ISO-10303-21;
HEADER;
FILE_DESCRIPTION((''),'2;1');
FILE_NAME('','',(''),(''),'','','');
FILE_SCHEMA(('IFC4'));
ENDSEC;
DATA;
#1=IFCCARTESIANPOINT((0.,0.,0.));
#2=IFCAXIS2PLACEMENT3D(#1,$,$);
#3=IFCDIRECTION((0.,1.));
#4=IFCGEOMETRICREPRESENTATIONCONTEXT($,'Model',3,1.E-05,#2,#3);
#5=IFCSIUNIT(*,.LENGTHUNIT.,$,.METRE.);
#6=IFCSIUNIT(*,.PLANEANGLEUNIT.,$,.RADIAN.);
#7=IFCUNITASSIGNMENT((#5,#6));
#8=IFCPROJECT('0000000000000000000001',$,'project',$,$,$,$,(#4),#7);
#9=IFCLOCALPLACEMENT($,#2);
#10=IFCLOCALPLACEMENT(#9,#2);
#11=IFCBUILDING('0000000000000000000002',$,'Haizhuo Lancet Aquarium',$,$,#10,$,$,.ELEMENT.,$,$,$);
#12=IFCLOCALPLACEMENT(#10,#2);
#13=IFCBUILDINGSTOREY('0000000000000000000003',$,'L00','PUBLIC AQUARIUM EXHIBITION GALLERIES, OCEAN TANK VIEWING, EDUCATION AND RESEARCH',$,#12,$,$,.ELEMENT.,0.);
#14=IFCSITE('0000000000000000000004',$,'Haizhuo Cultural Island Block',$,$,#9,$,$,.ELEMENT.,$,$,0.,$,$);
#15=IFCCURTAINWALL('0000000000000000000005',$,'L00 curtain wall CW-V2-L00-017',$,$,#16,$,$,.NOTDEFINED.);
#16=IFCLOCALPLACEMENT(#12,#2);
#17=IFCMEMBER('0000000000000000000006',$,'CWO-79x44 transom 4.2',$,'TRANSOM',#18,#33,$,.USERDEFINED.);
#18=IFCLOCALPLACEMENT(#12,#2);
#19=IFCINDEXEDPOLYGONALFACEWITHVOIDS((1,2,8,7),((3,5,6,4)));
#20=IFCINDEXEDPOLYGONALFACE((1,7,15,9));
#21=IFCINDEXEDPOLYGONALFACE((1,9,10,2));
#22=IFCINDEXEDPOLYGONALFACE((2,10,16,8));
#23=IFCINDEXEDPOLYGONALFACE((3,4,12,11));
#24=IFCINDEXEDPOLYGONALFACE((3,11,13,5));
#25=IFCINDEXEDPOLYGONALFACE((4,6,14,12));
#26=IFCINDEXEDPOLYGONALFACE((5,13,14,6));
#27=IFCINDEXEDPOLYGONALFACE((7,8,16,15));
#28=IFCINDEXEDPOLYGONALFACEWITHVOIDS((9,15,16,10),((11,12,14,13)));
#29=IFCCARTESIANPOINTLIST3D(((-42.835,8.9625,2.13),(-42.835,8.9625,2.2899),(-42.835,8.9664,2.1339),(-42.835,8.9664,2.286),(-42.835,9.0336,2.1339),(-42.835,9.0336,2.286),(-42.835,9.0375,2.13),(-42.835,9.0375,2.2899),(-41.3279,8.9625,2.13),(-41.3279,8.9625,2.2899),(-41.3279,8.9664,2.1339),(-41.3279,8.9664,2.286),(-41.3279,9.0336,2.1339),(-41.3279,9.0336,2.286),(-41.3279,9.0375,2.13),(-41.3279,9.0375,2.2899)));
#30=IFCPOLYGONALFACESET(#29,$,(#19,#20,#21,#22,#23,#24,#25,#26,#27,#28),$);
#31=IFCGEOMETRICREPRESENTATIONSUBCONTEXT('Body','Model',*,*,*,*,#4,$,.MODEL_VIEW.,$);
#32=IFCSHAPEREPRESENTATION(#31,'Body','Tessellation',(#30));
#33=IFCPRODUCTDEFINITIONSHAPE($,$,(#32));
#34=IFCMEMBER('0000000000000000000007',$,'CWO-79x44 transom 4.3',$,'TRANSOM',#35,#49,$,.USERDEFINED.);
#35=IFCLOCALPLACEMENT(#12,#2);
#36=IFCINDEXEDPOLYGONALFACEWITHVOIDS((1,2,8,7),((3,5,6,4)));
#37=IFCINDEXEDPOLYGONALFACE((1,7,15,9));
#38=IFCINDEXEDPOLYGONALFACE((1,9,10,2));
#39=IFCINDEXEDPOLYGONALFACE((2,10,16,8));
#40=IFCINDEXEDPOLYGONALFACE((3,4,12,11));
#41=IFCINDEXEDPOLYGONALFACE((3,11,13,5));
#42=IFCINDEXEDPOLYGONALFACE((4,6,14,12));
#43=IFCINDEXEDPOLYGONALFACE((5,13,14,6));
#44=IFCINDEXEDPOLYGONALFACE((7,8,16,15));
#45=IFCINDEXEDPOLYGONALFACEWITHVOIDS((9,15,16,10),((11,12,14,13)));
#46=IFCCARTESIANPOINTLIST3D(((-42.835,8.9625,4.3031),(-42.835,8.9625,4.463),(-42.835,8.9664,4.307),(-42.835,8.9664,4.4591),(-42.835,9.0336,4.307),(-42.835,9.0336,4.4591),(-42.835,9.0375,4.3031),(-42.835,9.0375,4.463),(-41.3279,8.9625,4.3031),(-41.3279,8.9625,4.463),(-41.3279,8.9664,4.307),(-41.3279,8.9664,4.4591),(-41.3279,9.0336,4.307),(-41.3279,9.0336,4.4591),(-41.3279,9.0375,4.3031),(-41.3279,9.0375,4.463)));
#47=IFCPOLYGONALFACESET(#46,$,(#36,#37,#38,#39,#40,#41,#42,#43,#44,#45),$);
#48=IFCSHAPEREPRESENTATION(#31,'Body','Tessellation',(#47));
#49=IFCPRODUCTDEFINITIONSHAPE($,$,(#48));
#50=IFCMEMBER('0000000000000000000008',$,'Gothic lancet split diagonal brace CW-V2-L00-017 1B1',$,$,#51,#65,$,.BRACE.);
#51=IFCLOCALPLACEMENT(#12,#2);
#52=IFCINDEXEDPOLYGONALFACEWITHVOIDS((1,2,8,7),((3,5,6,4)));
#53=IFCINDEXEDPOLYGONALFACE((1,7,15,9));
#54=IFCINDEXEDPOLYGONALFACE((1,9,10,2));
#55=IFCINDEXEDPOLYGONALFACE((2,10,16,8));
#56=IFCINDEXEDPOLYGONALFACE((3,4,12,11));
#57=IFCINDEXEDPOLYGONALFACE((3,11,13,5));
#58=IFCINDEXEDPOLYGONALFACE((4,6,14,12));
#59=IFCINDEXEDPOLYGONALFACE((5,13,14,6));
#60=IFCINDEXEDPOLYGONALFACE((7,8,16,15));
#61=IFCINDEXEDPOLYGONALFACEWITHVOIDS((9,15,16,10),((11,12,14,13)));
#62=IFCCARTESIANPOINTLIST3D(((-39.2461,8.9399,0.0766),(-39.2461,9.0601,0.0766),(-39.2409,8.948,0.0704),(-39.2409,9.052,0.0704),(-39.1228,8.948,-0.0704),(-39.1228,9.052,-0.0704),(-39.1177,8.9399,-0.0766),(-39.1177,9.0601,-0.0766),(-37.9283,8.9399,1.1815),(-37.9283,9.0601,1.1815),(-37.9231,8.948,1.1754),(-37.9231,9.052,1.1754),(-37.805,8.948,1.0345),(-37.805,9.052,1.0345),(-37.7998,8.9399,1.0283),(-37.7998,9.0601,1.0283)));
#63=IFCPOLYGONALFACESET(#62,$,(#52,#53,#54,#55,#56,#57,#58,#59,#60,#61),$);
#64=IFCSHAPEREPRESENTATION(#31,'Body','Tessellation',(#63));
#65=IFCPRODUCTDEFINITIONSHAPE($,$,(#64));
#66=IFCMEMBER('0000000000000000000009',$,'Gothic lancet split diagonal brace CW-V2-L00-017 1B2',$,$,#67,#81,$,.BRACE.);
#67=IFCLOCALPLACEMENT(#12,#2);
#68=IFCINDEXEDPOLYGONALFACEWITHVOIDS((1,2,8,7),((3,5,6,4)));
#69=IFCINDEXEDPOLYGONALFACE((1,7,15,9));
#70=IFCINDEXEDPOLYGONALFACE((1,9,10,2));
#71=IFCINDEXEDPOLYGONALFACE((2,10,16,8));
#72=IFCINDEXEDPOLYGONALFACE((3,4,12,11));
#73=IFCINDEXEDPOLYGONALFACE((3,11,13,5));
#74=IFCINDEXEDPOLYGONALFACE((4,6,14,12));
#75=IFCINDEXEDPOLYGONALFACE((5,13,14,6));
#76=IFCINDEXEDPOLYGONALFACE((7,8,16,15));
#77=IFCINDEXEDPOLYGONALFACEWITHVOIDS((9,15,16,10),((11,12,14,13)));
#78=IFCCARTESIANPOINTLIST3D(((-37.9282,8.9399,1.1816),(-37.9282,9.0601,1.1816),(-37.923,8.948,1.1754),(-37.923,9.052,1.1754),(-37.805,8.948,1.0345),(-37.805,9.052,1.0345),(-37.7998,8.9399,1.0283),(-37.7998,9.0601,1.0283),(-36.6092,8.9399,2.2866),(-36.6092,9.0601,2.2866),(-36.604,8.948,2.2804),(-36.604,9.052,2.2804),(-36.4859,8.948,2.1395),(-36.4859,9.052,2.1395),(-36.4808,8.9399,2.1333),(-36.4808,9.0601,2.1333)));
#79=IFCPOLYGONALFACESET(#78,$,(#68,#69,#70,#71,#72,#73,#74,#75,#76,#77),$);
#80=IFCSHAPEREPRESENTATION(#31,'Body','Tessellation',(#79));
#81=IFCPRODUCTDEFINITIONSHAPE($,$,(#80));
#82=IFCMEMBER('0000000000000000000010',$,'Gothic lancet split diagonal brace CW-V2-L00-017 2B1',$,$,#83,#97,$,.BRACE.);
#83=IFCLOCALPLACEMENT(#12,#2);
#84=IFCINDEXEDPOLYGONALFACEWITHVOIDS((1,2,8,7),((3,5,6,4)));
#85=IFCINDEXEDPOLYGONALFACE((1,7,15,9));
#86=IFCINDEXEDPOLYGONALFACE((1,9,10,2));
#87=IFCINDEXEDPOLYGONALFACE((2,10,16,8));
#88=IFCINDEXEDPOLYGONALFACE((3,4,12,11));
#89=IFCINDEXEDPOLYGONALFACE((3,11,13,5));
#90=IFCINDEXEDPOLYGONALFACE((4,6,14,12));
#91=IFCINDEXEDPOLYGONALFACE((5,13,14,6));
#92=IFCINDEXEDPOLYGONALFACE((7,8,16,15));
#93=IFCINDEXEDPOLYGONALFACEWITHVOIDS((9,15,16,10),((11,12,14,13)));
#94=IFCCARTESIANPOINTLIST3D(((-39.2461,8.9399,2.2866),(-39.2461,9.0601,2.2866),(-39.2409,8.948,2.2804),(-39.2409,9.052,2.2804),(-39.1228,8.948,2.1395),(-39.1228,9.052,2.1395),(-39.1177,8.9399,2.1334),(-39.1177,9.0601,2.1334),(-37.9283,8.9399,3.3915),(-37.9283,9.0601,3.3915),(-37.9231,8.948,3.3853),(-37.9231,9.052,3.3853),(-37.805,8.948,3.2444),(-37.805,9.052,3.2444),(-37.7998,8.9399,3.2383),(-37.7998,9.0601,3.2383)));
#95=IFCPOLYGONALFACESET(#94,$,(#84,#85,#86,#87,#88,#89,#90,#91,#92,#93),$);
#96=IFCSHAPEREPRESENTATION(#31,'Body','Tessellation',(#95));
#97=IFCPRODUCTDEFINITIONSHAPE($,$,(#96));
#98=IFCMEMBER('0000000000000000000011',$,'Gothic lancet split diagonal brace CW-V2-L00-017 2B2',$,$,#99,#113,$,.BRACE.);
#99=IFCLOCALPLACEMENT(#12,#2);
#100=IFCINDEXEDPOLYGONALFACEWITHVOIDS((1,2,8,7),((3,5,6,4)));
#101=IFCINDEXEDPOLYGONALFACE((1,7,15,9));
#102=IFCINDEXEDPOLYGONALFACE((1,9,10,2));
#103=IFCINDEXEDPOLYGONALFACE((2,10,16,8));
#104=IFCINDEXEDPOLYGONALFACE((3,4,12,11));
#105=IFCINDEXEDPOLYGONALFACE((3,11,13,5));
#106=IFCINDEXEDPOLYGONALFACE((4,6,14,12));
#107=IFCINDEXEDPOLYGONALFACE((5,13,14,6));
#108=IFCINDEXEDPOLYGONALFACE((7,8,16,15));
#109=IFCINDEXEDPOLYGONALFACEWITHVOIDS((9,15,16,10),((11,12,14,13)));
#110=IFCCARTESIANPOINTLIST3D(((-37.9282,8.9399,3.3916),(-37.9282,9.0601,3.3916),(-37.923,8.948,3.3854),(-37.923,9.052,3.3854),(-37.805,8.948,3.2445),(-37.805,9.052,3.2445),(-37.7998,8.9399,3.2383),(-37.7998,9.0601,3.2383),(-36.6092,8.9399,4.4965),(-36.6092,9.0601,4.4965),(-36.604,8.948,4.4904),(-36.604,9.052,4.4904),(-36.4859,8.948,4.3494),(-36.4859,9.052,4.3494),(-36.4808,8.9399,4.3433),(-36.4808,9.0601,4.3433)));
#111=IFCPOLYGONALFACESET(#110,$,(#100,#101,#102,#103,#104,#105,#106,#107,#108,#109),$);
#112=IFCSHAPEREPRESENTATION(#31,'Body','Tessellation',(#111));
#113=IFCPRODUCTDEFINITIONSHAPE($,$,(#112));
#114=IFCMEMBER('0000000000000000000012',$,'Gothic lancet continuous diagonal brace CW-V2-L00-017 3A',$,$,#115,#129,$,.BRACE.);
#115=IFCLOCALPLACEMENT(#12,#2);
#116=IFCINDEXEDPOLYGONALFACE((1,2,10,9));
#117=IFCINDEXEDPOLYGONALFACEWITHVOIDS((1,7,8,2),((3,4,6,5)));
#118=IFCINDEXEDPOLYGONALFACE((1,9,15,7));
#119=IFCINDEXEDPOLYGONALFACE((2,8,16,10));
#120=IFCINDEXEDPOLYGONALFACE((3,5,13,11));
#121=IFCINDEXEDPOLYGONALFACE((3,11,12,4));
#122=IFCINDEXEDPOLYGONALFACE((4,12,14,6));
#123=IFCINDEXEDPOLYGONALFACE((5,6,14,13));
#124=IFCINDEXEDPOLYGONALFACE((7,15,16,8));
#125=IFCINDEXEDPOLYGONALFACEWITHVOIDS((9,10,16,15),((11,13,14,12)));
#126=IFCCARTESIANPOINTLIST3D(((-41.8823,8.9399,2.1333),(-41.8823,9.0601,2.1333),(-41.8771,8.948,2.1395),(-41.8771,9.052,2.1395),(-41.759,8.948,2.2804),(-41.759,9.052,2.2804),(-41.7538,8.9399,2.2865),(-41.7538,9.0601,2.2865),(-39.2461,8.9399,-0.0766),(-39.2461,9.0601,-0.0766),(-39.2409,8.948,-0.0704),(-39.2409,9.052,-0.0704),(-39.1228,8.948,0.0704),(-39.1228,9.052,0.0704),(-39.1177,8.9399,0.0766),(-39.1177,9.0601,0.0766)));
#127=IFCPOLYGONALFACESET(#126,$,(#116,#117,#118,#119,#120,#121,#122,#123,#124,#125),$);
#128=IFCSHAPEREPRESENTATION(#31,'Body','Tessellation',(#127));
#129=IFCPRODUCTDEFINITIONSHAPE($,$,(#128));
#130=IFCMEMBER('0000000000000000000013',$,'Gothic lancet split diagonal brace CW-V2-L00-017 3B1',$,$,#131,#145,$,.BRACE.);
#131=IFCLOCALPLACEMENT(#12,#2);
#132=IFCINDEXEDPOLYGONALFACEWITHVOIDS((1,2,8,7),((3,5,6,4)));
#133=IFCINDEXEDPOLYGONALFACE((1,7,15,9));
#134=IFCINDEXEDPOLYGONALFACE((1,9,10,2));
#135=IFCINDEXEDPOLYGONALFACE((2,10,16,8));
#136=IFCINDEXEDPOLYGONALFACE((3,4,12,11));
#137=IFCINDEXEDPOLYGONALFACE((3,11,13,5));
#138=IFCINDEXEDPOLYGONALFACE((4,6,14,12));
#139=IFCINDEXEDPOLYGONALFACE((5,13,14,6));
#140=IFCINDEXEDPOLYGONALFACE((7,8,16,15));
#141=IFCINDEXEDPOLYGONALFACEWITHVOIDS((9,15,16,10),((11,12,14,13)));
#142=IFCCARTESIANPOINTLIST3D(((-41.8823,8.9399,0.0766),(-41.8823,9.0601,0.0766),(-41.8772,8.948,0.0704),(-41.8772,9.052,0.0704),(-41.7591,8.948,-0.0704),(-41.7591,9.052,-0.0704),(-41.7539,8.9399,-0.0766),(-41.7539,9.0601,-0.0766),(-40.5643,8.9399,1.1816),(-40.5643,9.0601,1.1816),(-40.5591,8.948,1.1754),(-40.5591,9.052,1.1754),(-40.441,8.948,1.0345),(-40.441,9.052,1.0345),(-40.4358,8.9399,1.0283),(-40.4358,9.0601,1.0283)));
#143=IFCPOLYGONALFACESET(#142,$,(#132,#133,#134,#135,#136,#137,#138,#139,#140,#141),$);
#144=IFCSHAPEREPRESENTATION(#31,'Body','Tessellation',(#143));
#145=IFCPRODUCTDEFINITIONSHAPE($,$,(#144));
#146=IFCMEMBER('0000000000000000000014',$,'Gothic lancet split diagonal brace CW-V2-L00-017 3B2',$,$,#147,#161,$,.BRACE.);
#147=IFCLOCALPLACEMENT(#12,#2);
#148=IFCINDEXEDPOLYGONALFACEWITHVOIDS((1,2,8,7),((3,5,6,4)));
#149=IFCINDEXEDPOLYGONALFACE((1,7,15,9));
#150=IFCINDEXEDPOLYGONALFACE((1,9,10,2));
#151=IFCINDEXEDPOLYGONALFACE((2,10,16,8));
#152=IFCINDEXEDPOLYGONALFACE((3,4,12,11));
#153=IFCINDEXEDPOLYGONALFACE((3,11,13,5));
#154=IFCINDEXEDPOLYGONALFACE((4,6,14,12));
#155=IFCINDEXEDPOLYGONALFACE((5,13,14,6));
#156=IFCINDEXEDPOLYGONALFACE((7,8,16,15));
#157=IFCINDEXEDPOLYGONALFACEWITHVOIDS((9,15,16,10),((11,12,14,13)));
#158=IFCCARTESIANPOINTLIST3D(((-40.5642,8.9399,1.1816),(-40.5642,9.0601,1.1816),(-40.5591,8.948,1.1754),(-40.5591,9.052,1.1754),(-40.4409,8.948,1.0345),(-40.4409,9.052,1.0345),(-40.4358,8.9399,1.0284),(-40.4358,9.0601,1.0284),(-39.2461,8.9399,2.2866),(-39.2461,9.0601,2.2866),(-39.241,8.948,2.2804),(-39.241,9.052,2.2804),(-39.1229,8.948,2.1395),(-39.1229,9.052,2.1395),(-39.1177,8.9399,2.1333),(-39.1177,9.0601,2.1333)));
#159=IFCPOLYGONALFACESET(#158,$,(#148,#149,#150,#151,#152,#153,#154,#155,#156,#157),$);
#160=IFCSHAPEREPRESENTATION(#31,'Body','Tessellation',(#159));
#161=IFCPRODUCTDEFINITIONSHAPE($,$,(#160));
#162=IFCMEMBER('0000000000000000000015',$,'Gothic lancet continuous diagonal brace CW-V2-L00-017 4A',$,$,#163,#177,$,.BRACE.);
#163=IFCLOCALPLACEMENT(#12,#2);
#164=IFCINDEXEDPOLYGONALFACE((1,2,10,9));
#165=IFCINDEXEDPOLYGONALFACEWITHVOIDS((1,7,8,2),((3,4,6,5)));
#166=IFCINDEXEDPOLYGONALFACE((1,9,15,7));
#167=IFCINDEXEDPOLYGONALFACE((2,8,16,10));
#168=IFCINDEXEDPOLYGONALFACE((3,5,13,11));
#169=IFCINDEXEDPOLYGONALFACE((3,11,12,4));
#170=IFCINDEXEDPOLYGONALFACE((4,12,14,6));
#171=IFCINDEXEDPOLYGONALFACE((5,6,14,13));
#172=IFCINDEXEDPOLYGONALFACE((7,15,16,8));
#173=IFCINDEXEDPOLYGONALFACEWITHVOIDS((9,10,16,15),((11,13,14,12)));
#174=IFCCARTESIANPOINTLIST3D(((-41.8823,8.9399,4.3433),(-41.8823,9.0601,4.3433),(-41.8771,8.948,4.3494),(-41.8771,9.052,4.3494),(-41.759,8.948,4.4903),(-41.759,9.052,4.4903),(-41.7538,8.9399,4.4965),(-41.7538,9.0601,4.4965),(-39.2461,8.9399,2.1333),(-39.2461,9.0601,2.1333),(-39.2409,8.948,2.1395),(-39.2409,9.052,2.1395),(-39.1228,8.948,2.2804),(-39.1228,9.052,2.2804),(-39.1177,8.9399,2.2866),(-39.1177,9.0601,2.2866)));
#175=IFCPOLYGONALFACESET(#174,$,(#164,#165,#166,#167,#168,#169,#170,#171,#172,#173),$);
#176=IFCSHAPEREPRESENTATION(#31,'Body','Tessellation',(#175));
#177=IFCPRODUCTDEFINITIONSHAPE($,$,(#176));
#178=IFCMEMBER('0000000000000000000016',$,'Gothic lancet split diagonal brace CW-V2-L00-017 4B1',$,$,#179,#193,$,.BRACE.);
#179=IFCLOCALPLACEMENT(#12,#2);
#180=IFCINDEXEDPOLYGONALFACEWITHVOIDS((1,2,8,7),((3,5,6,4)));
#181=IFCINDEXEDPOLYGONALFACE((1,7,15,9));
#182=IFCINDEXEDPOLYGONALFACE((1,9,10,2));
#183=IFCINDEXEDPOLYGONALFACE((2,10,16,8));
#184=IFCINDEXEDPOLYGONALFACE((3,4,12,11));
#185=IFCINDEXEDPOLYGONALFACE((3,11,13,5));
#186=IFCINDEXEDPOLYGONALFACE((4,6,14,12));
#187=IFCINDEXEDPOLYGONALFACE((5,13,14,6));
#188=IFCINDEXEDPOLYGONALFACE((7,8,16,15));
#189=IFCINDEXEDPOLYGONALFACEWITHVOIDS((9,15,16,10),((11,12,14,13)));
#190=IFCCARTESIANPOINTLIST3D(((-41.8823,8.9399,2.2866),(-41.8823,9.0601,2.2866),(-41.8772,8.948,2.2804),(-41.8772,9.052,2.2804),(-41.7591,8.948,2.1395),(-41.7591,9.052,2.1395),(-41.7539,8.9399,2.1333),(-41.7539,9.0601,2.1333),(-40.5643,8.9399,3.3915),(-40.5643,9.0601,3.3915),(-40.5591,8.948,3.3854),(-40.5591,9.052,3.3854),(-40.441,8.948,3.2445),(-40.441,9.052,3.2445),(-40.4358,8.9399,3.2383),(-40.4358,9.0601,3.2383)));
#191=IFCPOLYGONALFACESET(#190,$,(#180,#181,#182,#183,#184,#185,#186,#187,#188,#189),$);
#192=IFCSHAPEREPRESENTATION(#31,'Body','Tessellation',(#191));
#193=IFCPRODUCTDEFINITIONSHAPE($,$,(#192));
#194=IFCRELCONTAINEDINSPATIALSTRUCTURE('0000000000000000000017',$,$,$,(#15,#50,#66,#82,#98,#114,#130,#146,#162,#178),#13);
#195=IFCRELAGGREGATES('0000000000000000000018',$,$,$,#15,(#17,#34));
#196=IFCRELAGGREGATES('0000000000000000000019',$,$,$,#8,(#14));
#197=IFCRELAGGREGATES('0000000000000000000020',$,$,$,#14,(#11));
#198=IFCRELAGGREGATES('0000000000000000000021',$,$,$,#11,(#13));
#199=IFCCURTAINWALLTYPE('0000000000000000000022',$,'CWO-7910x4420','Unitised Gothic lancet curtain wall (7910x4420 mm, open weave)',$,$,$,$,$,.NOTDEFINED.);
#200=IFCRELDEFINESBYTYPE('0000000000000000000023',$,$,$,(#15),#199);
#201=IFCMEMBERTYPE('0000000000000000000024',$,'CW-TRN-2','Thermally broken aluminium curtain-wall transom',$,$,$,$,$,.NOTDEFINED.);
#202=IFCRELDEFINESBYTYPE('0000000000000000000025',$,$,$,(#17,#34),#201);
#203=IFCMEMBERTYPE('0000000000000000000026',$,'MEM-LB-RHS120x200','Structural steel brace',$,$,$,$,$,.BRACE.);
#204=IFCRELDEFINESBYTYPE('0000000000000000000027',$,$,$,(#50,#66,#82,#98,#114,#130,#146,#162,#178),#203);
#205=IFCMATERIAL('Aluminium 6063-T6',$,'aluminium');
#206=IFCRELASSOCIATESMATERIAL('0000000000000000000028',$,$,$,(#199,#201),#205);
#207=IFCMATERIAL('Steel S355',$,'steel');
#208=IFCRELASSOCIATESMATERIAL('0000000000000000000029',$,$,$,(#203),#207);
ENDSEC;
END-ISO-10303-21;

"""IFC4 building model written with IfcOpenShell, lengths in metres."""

from ifc_helpers import new_model, si_unit, direction, frame, origin, origin_2d, place, context, subcontext, project, spatial, hollow_rectangle, extrude, material, material_profile, profile_set, type_object, element, aggregate, save


model = new_model("IFC4")

# Units and contexts
model_context = context("Model", 3, precision=1e-05, world=origin(), true_north=direction((0.0, 1.0)))
body_context = subcontext(model_context, "Body", "Model", "MODEL_VIEW")
ifc_project = project(units=[si_unit("LENGTHUNIT", "METRE"), si_unit("PLANEANGLEUNIT", "RADIAN")], contexts=[model_context])

# Site, building, storey
site_placement = place(None, origin())
site = spatial("IfcSite", under=ifc_project, at=site_placement, Name="Haizhuo Cultural Island Block", CompositionType="ELEMENT", RefElevation=0.0)
building_placement = place(site_placement, origin())
building = spatial("IfcBuilding", under=site, at=building_placement, Name="Haizhuo Lancet Aquarium", CompositionType="ELEMENT")
storey_placement = place(building_placement, origin())
storey = spatial("IfcBuildingStorey", under=building, at=storey_placement, Name="L00", Description="PUBLIC AQUARIUM EXHIBITION GALLERIES, OCEAN TANK VIEWING, EDUCATION AND RESEARCH", CompositionType="ELEMENT", Elevation=0.0)

# Curtain wall, members
ifc_material_1 = material(Name="Aluminium 6063-T6", Category="aluminium")
curtain_wall_type = type_object("IfcCurtainWallType", Name="CWO-7910x4420", Description="Unitised Gothic lancet curtain wall (7910x4420 mm, open weave)", PredefinedType="NOTDEFINED", material=ifc_material_1)
curtain_wall_placement = place(storey_placement, origin())
curtain_wall = element("IfcCurtainWall", 1, at=curtain_wall_placement, inside=storey, type_object=curtain_wall_type, Name="L00 curtain wall CW-V2-L00-017", PredefinedType="NOTDEFINED")
ifc_material_profile_1 = material_profile(ifc_material_1, hollow_rectangle(XDim=0.075, YDim=0.1599, WallThickness=0.0039, at=origin_2d()), Name="ALU-T 75x160x4")
ifc_profile_set_1 = profile_set([ifc_material_profile_1], Name="Aluminium 6063-T6")
member_type_1 = type_object("IfcMemberType", Name="CW-TRN-2", Description="Thermally broken aluminium curtain-wall transom", PredefinedType="NOTDEFINED", material=ifc_profile_set_1)
member_1_placement = place(storey_placement, frame((-41.3279, 9.0, 2.21), z_axis=(-1.0, 0.0, 0.0), x_axis=(0.0, -1.0, 0.0)))
member_1 = element("IfcMember", 2, at=member_1_placement, type_object=member_type_1, Name="CWO-79x44 transom 4.2", ObjectType="TRANSOM", PredefinedType="USERDEFINED", context=body_context, shape_type="SweptSolid", body=[
    extrude(hollow_rectangle(XDim=0.075, YDim=0.1599, WallThickness=0.0039, at=origin_2d()), origin(), (0.0, 0.0, 1.0), 1.5071),
])
member_2_placement = place(storey_placement, frame((-41.3279, 9.0, 4.3831), z_axis=(-1.0, 0.0, 0.0), x_axis=(0.0, -1.0, 0.0)))
member_2 = element("IfcMember", 3, at=member_2_placement, type_object=member_type_1, Name="CWO-79x44 transom 4.3", ObjectType="TRANSOM", PredefinedType="USERDEFINED", context=body_context, shape_type="SweptSolid", body=[
    extrude(hollow_rectangle(XDim=0.075, YDim=0.1599, WallThickness=0.0039, at=origin_2d()), origin(), (0.0, 0.0, 1.0), 1.5071),
])

# Members
ifc_material_2 = material(Name="Steel S355", Category="steel")
ifc_material_profile_2 = material_profile(ifc_material_2, hollow_rectangle(XDim=0.1201, YDim=0.2, WallThickness=0.0081, at=origin_2d()), Name="RHS 120x200x8")
ifc_profile_set_2 = profile_set([ifc_material_profile_2], Name="Steel S355")
member_type_2 = type_object("IfcMemberType", Name="MEM-LB-RHS120x200", Description="Structural steel brace", PredefinedType="BRACE", material=ifc_profile_set_2)
member_3_placement = place(storey_placement, frame((-39.1819, 9.0, 0.0), z_axis=(0.766286, 0.0, 0.642499), x_axis=(0.0, 1.0, 0.0)))
element("IfcMember", 4, at=member_3_placement, inside=storey, type_object=member_type_2, Name="Gothic lancet split diagonal brace CW-V2-L00-017 1B1", PredefinedType="BRACE", context=body_context, shape_type="SweptSolid", body=[
    extrude(hollow_rectangle(XDim=0.1201, YDim=0.2, WallThickness=0.0081, at=origin_2d()), origin(), (0.0, 0.0, 1.0), 1.7197),
])
member_4_placement = place(storey_placement, frame((-37.864, 9.0, 1.105), z_axis=(0.766579, 0.0, 0.64215), x_axis=(0.0, 1.0, 0.0)))
element("IfcMember", 5, at=member_4_placement, inside=storey, type_object=member_type_2, Name="Gothic lancet split diagonal brace CW-V2-L00-017 1B2", PredefinedType="BRACE", context=body_context, shape_type="SweptSolid", body=[
    extrude(hollow_rectangle(XDim=0.1201, YDim=0.2, WallThickness=0.0081, at=origin_2d()), origin(), (0.0, 0.0, 1.0), 1.7207),
])
member_5_placement = place(storey_placement, frame((-39.1819, 9.0, 2.21), z_axis=(0.766286, 0.0, 0.642499), x_axis=(0.0, 1.0, 0.0)))
element("IfcMember", 6, at=member_5_placement, inside=storey, type_object=member_type_2, Name="Gothic lancet split diagonal brace CW-V2-L00-017 2B1", PredefinedType="BRACE", context=body_context, shape_type="SweptSolid", body=[
    extrude(hollow_rectangle(XDim=0.1201, YDim=0.2, WallThickness=0.0081, at=origin_2d()), origin(), (0.0, 0.0, 1.0), 1.7197),
])
member_6_placement = place(storey_placement, frame((-37.864, 9.0, 3.3149), z_axis=(0.766579, 0.0, 0.64215), x_axis=(0.0, 1.0, 0.0)))
element("IfcMember", 7, at=member_6_placement, inside=storey, type_object=member_type_2, Name="Gothic lancet split diagonal brace CW-V2-L00-017 2B2", PredefinedType="BRACE", context=body_context, shape_type="SweptSolid", body=[
    extrude(hollow_rectangle(XDim=0.1201, YDim=0.2, WallThickness=0.0081, at=origin_2d()), origin(), (0.0, 0.0, 1.0), 1.7207),
])
member_7_placement = place(storey_placement, frame((-39.1819, 9.0, 0.0), z_axis=(-0.766345, 0.0, 0.642429), x_axis=(0.0, -1.0, 0.0)))
element("IfcMember", 8, at=member_7_placement, inside=storey, type_object=member_type_2, Name="Gothic lancet continuous diagonal brace CW-V2-L00-017 3A", PredefinedType="BRACE", context=body_context, shape_type="SweptSolid", body=[
    extrude(hollow_rectangle(XDim=0.1201, YDim=0.2, WallThickness=0.0081, at=origin_2d()), origin(), (0.0, 0.0, 1.0), 3.4399),
])
for number, where, z_axis, x_axis, name in (
    (9, (-41.8181, 9.0, 0.0), (0.766345, 0.0, 0.642429), (0.0, 1.0, 0.0), "Gothic lancet split diagonal brace CW-V2-L00-017 3B1"),
    (10, (-40.5, 9.0, 1.105), (0.766345, 0.0, 0.642429), (0.0, 1.0, 0.0), "Gothic lancet split diagonal brace CW-V2-L00-017 3B2"),
):
    element("IfcMember", number, at=place(storey_placement, frame(where, z_axis=z_axis, x_axis=x_axis)), inside=storey, type_object=member_type_2, Name=name, PredefinedType="BRACE", context=body_context, shape_type="SweptSolid", body=[
        extrude(hollow_rectangle(XDim=0.1201, YDim=0.2, WallThickness=0.0081, at=origin_2d()), origin(), (0.0, 0.0, 1.0), 1.72),
    ])
member_8_placement = place(storey_placement, frame((-39.1819, 9.0, 2.21), z_axis=(-0.766345, 0.0, 0.642429), x_axis=(0.0, -1.0, 0.0)))
element("IfcMember", 11, at=member_8_placement, inside=storey, type_object=member_type_2, Name="Gothic lancet continuous diagonal brace CW-V2-L00-017 4A", PredefinedType="BRACE", context=body_context, shape_type="SweptSolid", body=[
    extrude(hollow_rectangle(XDim=0.1201, YDim=0.2, WallThickness=0.0081, at=origin_2d()), origin(), (0.0, 0.0, 1.0), 3.4399),
])
for number, where, z_axis, x_axis, name in (
    (12, (-41.8181, 9.0, 2.21), (0.766345, 0.0, 0.642429), (0.0, 1.0, 0.0), "Gothic lancet split diagonal brace CW-V2-L00-017 4B1"),
):
    element("IfcMember", number, at=place(storey_placement, frame(where, z_axis=z_axis, x_axis=x_axis)), inside=storey, type_object=member_type_2, Name=name, PredefinedType="BRACE", context=body_context, shape_type="SweptSolid", body=[
        extrude(hollow_rectangle(XDim=0.1201, YDim=0.2, WallThickness=0.0081, at=origin_2d()), origin(), (0.0, 0.0, 1.0), 1.72),
    ])

aggregate(curtain_wall, [member_1, member_2])

save(model, "model.ifc")
